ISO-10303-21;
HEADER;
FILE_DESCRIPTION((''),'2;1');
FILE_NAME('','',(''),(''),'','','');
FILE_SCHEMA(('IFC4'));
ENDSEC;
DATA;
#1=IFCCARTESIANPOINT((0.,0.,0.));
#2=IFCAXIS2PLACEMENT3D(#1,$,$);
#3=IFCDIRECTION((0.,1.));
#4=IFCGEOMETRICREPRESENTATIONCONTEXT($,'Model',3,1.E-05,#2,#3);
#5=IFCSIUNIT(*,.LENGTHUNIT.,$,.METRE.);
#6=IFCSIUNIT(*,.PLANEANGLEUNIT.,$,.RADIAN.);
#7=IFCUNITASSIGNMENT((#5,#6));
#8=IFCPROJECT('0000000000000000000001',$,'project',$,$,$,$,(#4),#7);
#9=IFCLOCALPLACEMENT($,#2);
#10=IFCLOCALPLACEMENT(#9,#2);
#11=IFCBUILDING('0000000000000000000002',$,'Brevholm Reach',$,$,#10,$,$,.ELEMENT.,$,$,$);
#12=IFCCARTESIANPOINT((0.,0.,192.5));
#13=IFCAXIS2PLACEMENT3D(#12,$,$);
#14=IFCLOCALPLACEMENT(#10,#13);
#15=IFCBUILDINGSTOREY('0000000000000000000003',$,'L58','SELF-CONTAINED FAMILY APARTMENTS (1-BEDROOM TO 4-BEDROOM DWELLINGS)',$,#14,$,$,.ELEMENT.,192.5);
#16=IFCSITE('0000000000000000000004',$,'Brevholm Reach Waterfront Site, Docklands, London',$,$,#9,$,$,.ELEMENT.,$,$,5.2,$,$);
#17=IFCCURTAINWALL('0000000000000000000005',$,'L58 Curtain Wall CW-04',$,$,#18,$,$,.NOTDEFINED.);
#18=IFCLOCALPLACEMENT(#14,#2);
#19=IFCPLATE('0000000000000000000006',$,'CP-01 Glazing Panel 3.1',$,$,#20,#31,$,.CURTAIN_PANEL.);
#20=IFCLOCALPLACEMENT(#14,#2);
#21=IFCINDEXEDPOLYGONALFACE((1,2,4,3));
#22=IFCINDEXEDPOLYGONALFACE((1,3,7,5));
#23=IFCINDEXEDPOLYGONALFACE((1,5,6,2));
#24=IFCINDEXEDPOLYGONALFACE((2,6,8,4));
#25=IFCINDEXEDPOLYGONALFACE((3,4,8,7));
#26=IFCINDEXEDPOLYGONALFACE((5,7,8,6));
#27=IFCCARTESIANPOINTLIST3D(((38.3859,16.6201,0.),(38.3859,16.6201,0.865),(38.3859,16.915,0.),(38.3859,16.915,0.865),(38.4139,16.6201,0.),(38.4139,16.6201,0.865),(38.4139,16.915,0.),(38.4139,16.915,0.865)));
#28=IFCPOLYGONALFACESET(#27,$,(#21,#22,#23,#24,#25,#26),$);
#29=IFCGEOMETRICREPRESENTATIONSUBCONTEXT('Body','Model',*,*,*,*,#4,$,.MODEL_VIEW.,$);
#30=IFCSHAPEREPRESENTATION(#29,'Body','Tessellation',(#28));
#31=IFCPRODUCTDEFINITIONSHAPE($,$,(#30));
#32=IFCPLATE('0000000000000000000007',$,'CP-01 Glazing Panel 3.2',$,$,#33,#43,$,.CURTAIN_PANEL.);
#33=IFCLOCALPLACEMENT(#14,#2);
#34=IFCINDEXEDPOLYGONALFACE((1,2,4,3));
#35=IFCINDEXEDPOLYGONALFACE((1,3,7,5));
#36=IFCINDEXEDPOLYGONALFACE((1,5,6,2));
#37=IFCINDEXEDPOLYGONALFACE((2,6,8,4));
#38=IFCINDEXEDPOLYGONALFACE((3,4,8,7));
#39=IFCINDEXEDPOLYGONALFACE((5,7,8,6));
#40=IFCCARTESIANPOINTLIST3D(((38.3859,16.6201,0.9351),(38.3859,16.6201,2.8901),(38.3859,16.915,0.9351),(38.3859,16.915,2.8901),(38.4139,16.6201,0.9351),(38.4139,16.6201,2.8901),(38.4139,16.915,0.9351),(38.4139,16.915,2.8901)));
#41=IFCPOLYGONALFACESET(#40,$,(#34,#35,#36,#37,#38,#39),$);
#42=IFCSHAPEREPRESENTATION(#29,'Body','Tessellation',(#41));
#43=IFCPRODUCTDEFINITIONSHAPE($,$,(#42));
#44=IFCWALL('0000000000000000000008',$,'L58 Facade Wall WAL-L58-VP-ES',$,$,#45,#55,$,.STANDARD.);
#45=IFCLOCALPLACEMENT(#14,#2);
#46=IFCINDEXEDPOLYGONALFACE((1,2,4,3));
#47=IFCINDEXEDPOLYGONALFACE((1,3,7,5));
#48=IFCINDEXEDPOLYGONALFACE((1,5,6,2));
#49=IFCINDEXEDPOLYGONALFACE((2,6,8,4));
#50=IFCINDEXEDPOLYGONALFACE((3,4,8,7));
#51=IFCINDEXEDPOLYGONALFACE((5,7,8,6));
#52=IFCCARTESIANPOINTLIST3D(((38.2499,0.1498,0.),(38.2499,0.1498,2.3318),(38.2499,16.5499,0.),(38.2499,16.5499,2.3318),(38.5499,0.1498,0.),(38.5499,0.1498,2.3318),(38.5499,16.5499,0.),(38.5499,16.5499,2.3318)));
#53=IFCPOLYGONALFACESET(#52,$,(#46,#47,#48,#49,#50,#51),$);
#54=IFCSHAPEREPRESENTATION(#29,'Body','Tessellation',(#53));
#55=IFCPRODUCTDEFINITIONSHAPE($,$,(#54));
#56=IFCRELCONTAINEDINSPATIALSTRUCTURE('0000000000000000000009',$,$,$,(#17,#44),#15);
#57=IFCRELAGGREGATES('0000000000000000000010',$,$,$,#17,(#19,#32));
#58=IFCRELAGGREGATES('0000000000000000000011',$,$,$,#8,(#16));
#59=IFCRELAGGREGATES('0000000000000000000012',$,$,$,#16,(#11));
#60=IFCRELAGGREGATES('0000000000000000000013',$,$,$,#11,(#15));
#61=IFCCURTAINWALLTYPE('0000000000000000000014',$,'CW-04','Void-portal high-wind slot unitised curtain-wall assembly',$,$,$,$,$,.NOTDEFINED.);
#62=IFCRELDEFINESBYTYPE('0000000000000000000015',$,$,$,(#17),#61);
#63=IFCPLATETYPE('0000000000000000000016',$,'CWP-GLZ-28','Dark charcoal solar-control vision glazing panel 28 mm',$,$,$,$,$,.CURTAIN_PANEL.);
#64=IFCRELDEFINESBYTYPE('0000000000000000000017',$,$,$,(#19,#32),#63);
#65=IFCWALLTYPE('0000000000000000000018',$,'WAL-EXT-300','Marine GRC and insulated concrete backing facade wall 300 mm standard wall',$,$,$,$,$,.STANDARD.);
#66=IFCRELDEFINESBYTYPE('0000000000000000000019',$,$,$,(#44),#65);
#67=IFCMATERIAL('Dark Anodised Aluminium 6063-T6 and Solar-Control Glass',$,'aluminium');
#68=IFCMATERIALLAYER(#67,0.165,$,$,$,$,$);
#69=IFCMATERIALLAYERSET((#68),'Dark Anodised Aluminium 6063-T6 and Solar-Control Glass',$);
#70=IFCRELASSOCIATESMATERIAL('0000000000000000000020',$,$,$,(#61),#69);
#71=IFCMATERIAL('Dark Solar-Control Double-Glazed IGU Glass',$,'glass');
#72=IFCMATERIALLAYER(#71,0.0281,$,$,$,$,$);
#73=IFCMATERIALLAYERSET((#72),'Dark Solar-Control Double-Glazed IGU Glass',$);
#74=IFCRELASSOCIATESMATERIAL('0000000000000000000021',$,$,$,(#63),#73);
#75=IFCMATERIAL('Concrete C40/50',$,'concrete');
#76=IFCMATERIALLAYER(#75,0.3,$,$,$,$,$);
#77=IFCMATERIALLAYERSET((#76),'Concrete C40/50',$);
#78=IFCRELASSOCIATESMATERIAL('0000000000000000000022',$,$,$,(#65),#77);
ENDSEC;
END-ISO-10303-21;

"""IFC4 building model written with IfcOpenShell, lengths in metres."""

from ifc_helpers import new_model, si_unit, direction, frame, frame_2d, origin, origin_2d, place, context, subcontext, project, spatial, rectangle, extrude, material, layer, layer_set, type_object, element, aggregate, save


model = new_model("IFC4")

# Units and contexts
model_context = context("Model", 3, precision=1e-05, world=origin(), true_north=direction((0.0, 1.0)))
body_context = subcontext(model_context, "Body", "Model", "MODEL_VIEW")
ifc_project = project(units=[si_unit("LENGTHUNIT", "METRE"), si_unit("PLANEANGLEUNIT", "RADIAN")], contexts=[model_context])

# Site, building, storey
site_placement = place(None, origin())
site = spatial("IfcSite", under=ifc_project, at=site_placement, Name="Brevholm Reach Waterfront Site, Docklands, London", CompositionType="ELEMENT", RefElevation=5.2)
building_placement = place(site_placement, origin())
building = spatial("IfcBuilding", under=site, at=building_placement, Name="Brevholm Reach", CompositionType="ELEMENT")
storey_placement = place(building_placement, frame((0.0, 0.0, 192.5)))
storey = spatial("IfcBuildingStorey", under=building, at=storey_placement, Name="L58", Description="SELF-CONTAINED FAMILY APARTMENTS (1-BEDROOM TO 4-BEDROOM DWELLINGS)", CompositionType="ELEMENT", Elevation=192.5)

# Curtain wall, plates
ifc_material_1 = material(Name="Dark Anodised Aluminium 6063-T6 and Solar-Control Glass", Category="aluminium")
ifc_layer_1 = layer(ifc_material_1, 0.165)
ifc_layer_set_1 = layer_set([ifc_layer_1], Name="Dark Anodised Aluminium 6063-T6 and Solar-Control Glass")
curtain_wall_type = type_object("IfcCurtainWallType", Name="CW-04", Description="Void-portal high-wind slot unitised curtain-wall assembly", PredefinedType="NOTDEFINED", material=ifc_layer_set_1)
curtain_wall_placement = place(storey_placement, origin())
curtain_wall = element("IfcCurtainWall", 1, at=curtain_wall_placement, inside=storey, type_object=curtain_wall_type, Name="L58 Curtain Wall CW-04", PredefinedType="NOTDEFINED")
ifc_material_2 = material(Name="Dark Solar-Control Double-Glazed IGU Glass", Category="glass")
ifc_layer_2 = layer(ifc_material_2, 0.0281)
ifc_layer_set_2 = layer_set([ifc_layer_2], Name="Dark Solar-Control Double-Glazed IGU Glass")
plate_type = type_object("IfcPlateType", Name="CWP-GLZ-28", Description="Dark charcoal solar-control vision glazing panel 28 mm", PredefinedType="CURTAIN_PANEL", material=ifc_layer_set_2)
plate_1_placement = place(storey_placement, frame((38.3999, 16.7676, 0.0), z_axis=(0.0, 0.0, 1.0), x_axis=(0.0, -1.0, 0.0)))
plate_1 = element("IfcPlate", 2, at=plate_1_placement, type_object=plate_type, Name="CP-01 Glazing Panel 3.1", PredefinedType="CURTAIN_PANEL", context=body_context, shape_type="SweptSolid", body=[
    extrude(rectangle(XDim=0.2949, YDim=0.0281, at=origin_2d()), origin(), (0.0, 0.0, 1.0), 0.865),
])
plate_2_placement = place(storey_placement, frame((38.3999, 16.7676, 0.9351), z_axis=(0.0, 0.0, 1.0), x_axis=(0.0, -1.0, 0.0)))
plate_2 = element("IfcPlate", 3, at=plate_2_placement, type_object=plate_type, Name="CP-01 Glazing Panel 3.2", PredefinedType="CURTAIN_PANEL", context=body_context, shape_type="SweptSolid", body=[
    extrude(rectangle(XDim=0.2949, YDim=0.0281, at=origin_2d()), origin(), (0.0, 0.0, 1.0), 1.9551),
])
aggregate(curtain_wall, [plate_1, plate_2])

# Wall
ifc_material_3 = material(Name="Concrete C40/50", Category="concrete")
ifc_layer_3 = layer(ifc_material_3, 0.3)
ifc_layer_set_3 = layer_set([ifc_layer_3], Name="Concrete C40/50")
wall_type = type_object("IfcWallType", Name="WAL-EXT-300", Description="Marine GRC and insulated concrete backing facade wall 300 mm standard wall", PredefinedType="STANDARD", material=ifc_layer_set_3)
wall_placement = place(storey_placement, frame((38.3999, 16.55, 0.0), z_axis=(0.0, 0.0, 1.0), x_axis=(0.0, -1.0, 0.0)))
element("IfcWall", 4, at=wall_placement, inside=storey, type_object=wall_type, Name="L58 Facade Wall WAL-L58-VP-ES", PredefinedType="STANDARD", context=body_context, shape_type="SweptSolid", body=[
    extrude(rectangle(XDim=16.4001, YDim=0.3, at=frame_2d((8.2002, 0.0))), origin(), (0.0, 0.0, 1.0), 2.3318),
])

save(model, "model.ifc")
